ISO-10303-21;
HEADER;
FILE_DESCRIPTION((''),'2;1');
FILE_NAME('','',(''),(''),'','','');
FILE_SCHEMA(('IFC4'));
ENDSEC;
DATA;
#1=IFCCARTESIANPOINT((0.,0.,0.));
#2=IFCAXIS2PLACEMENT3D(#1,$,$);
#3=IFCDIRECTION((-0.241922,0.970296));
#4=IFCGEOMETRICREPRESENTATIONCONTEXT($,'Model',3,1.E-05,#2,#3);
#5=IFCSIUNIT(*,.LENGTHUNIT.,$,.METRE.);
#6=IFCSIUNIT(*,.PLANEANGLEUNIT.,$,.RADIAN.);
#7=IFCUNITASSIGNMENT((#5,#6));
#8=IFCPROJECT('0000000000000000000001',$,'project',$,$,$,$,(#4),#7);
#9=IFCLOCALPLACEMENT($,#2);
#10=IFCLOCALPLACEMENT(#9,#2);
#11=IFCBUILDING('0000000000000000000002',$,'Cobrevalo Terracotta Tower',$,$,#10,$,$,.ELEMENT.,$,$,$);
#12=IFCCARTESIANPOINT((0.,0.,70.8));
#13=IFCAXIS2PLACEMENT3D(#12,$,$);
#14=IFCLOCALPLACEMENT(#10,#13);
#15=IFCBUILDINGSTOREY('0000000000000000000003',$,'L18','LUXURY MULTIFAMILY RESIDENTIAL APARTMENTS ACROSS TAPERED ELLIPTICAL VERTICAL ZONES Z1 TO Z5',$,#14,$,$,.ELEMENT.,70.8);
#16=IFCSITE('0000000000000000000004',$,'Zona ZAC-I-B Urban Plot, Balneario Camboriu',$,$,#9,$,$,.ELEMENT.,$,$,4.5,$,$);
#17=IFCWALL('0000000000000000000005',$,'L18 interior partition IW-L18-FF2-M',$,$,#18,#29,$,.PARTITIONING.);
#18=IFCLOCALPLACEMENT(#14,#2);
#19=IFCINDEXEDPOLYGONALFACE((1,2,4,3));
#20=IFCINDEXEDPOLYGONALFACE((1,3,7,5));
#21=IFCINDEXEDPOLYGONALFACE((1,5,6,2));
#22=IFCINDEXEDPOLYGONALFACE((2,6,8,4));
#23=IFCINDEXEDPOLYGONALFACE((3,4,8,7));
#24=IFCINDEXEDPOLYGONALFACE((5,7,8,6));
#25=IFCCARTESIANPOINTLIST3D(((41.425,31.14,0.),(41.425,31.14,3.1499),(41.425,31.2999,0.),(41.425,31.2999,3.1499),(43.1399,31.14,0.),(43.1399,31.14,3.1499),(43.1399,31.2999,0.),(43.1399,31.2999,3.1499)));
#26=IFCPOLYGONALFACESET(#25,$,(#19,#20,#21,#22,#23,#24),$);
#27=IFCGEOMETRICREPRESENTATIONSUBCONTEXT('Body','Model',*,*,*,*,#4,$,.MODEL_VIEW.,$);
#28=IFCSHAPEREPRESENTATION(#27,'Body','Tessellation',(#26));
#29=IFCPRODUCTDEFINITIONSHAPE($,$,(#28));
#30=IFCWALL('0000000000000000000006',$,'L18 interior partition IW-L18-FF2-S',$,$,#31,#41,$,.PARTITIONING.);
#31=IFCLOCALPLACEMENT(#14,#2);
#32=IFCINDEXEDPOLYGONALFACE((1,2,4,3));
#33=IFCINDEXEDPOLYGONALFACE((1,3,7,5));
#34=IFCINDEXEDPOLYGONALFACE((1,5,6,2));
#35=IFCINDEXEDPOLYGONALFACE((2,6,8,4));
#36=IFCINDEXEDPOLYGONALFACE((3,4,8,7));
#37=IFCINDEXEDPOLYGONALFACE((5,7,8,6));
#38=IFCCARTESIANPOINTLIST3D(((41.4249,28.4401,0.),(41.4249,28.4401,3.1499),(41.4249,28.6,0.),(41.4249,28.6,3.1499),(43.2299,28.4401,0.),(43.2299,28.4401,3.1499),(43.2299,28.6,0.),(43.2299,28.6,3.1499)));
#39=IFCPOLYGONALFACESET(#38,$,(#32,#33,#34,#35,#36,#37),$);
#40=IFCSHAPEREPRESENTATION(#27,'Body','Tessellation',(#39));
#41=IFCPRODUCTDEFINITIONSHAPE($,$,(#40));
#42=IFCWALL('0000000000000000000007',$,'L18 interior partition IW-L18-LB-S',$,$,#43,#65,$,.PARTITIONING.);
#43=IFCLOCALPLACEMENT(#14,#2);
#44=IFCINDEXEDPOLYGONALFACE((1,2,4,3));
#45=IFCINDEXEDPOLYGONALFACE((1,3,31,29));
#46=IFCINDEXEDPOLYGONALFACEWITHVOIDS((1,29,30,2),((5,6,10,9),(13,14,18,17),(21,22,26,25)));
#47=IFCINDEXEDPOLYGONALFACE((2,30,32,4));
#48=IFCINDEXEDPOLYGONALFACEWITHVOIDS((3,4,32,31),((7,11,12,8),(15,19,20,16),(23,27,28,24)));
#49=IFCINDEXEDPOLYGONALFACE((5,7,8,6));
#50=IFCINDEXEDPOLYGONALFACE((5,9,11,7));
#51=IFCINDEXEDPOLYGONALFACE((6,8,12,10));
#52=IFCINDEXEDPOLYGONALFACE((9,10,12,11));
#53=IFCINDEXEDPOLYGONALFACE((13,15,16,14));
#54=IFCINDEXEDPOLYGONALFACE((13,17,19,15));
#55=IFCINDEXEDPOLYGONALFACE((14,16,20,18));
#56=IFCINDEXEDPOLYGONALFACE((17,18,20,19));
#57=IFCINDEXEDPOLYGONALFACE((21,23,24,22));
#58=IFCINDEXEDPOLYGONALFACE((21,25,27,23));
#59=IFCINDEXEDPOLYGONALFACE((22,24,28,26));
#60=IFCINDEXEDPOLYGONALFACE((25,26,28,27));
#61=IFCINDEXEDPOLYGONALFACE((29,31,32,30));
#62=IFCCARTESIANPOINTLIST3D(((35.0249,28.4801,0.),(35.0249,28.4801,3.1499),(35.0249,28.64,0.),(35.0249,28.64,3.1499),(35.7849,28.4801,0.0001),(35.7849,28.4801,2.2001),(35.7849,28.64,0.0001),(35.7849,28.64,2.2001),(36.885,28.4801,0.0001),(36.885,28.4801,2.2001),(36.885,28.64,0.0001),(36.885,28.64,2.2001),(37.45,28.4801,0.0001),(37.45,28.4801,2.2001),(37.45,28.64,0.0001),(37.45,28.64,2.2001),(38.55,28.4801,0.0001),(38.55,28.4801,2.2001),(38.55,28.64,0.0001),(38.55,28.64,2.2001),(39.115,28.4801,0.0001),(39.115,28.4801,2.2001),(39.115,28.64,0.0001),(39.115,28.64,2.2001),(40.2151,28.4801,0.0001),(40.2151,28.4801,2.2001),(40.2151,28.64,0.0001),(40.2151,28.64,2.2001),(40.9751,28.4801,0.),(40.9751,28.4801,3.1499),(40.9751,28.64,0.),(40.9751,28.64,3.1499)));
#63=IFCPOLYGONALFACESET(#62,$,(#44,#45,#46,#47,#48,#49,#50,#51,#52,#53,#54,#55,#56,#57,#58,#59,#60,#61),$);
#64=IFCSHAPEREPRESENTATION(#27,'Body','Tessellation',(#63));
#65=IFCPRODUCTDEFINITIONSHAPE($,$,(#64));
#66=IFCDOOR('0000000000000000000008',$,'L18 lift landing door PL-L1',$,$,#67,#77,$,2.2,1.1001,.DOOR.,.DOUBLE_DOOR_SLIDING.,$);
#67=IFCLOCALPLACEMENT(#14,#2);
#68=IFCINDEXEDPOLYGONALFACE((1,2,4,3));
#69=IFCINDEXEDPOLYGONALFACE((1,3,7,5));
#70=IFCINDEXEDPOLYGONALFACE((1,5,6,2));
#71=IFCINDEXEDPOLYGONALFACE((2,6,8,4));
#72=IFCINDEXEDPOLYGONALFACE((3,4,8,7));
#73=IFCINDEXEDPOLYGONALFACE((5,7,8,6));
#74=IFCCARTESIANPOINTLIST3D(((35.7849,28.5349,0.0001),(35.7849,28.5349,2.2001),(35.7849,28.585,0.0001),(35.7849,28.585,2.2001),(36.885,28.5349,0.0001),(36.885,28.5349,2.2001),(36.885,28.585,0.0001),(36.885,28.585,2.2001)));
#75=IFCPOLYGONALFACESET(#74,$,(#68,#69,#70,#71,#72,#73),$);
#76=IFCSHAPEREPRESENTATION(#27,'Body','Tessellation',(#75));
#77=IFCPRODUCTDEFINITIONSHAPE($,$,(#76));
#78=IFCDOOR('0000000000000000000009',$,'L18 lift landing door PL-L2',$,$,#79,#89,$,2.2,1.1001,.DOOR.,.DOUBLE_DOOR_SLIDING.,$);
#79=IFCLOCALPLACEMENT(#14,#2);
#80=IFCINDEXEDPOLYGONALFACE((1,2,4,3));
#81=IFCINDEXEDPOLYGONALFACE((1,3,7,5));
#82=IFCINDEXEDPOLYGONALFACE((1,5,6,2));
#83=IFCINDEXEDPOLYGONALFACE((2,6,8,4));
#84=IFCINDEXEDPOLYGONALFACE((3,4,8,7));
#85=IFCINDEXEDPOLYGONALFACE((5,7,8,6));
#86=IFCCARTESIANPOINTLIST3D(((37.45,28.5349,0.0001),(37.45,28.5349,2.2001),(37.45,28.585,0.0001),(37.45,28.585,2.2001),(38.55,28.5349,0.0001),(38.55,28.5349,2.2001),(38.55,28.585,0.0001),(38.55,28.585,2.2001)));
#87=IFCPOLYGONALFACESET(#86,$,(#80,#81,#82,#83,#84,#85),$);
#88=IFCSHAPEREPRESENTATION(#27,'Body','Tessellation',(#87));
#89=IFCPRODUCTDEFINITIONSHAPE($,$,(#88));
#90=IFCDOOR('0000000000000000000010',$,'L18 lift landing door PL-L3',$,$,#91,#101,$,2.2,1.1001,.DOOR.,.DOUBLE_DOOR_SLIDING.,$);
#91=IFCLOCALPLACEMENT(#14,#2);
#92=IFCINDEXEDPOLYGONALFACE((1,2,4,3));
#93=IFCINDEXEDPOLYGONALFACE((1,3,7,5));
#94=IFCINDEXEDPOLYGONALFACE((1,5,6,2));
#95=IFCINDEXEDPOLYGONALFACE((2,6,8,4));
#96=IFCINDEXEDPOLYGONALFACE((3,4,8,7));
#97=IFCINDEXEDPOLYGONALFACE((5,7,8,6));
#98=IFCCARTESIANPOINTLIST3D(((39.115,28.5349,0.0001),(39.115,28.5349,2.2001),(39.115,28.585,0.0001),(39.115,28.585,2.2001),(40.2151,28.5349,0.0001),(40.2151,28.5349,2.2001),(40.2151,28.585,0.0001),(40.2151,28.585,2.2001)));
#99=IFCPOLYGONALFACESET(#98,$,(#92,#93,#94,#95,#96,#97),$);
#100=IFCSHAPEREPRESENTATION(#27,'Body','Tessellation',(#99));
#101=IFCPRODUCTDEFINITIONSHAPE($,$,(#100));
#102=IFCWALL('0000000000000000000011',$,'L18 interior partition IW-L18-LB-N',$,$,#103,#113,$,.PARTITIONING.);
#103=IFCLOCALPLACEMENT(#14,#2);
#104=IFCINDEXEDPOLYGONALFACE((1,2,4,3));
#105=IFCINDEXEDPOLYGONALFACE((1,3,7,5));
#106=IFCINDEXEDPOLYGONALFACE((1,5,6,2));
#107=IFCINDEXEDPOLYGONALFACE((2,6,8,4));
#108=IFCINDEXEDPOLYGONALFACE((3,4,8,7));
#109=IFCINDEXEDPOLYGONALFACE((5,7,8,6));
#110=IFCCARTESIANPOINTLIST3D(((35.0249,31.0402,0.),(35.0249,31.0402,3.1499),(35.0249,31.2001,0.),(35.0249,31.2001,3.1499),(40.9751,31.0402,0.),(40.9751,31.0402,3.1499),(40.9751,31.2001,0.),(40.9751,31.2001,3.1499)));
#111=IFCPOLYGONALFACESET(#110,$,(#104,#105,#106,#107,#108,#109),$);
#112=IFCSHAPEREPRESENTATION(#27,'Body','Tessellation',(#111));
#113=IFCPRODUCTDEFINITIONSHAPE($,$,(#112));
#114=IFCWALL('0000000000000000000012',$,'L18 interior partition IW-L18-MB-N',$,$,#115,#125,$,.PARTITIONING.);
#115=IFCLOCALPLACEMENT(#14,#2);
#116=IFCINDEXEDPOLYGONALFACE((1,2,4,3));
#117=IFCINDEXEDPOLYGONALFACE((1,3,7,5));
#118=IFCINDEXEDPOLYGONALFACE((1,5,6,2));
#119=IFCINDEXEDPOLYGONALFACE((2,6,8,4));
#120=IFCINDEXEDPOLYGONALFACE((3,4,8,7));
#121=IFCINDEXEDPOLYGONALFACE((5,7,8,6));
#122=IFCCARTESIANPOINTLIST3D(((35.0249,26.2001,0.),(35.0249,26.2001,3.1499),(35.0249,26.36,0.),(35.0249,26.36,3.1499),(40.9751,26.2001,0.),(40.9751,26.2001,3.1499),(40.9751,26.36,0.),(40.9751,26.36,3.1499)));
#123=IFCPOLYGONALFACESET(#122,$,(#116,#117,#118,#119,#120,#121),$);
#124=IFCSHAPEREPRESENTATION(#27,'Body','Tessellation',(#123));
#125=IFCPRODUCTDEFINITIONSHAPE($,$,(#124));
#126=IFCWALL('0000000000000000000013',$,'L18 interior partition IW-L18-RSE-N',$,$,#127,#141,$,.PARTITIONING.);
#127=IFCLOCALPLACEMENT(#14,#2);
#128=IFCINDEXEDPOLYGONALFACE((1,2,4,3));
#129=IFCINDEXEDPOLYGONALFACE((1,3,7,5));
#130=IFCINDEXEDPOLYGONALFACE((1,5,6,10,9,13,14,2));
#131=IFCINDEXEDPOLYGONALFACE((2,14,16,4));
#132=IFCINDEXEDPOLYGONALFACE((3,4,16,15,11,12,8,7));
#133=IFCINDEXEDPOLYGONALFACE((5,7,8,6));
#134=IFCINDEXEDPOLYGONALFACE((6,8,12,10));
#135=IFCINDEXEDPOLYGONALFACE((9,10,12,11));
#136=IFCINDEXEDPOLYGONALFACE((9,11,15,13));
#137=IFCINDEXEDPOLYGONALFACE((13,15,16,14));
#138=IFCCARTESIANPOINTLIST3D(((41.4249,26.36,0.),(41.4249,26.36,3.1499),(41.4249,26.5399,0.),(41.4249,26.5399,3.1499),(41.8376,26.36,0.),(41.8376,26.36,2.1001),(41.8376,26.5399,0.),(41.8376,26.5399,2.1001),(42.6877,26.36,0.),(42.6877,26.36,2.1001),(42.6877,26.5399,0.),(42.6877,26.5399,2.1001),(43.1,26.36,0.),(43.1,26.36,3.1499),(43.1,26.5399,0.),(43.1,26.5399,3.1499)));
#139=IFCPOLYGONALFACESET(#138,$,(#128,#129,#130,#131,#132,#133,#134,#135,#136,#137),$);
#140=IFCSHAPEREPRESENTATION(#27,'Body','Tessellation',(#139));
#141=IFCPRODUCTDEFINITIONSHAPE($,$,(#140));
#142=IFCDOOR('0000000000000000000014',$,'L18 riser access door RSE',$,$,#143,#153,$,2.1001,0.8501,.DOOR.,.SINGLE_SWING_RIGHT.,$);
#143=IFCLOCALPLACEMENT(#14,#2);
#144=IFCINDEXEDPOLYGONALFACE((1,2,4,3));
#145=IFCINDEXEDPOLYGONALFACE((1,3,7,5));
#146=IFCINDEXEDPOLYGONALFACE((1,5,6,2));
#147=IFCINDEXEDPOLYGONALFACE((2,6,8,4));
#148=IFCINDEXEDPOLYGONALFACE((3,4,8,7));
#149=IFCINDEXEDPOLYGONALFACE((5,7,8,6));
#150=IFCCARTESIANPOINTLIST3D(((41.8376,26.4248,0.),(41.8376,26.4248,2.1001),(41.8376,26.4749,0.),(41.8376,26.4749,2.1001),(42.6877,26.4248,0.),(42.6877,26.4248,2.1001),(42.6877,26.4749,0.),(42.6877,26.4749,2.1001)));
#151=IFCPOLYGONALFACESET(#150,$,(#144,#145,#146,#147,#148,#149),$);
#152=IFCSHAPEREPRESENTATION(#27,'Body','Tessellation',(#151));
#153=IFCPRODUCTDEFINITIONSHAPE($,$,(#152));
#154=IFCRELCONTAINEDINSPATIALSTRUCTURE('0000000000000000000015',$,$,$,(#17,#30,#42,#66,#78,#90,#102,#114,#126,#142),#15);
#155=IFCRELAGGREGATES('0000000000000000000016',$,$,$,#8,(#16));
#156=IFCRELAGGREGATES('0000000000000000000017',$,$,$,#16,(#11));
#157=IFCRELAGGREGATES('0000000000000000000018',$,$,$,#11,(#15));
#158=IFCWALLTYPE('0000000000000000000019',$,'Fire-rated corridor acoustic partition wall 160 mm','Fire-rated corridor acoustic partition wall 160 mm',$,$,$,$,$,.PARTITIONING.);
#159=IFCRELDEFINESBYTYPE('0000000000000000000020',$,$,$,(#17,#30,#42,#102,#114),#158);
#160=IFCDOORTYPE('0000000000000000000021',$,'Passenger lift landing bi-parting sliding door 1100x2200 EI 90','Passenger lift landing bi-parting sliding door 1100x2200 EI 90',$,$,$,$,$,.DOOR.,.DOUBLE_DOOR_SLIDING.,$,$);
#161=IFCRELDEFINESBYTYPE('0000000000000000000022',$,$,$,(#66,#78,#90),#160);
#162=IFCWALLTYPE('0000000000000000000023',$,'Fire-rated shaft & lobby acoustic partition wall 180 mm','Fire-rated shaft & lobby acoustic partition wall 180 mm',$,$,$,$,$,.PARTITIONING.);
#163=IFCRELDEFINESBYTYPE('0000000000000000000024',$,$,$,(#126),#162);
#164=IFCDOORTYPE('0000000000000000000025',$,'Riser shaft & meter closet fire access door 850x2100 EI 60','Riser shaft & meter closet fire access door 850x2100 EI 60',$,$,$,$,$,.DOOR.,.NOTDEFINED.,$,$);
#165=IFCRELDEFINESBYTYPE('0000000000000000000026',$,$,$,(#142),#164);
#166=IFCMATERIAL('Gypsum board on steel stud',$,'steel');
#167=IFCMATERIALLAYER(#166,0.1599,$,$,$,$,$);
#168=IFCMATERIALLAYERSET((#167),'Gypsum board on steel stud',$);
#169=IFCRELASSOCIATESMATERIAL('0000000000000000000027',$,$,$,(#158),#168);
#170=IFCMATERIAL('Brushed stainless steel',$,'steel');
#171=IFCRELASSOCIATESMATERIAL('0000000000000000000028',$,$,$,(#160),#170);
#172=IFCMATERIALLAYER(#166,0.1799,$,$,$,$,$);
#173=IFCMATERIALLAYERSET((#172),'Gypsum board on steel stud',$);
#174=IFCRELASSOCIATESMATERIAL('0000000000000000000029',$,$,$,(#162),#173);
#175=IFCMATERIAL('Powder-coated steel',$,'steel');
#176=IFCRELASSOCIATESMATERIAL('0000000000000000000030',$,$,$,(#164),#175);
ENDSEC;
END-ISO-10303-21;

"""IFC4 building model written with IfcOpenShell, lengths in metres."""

from ifc_helpers import new_model, si_unit, direction, frame, frame_2d, origin, place, context, subcontext, project, spatial, rectangle, extrude, source, transform, mapped, material, layer, layer_set, type_object, element, fill, save


model = new_model("IFC4")

# Units and contexts
model_context = context("Model", 3, precision=1e-05, world=origin(), true_north=direction((-0.241922, 0.970296)))
body_context = subcontext(model_context, "Body", "Model", "MODEL_VIEW")
ifc_project = project(units=[si_unit("LENGTHUNIT", "METRE"), si_unit("PLANEANGLEUNIT", "RADIAN")], contexts=[model_context])

# Site, building, storey
site_placement = place(None, origin())
site = spatial("IfcSite", under=ifc_project, at=site_placement, Name="Zona ZAC-I-B Urban Plot, Balneario Camboriu", CompositionType="ELEMENT", RefElevation=4.5)
building_placement = place(site_placement, origin())
building = spatial("IfcBuilding", under=site, at=building_placement, Name="Cobrevalo Terracotta Tower", CompositionType="ELEMENT")
storey_placement = place(building_placement, frame((0.0, 0.0, 70.8)))
storey = spatial("IfcBuildingStorey", under=building, at=storey_placement, Name="L18", Description="LUXURY MULTIFAMILY RESIDENTIAL APARTMENTS ACROSS TAPERED ELLIPTICAL VERTICAL ZONES Z1 TO Z5", CompositionType="ELEMENT", Elevation=70.8)

# Walls
ifc_material_1 = material(Name="Gypsum board on steel stud", Category="steel")
ifc_layer_1 = layer(ifc_material_1, 0.1599)
ifc_layer_set_1 = layer_set([ifc_layer_1], Name="Gypsum board on steel stud")
wall_type_1 = type_object("IfcWallType", Name="Fire-rated corridor acoustic partition wall 160 mm", Description="Fire-rated corridor acoustic partition wall 160 mm", PredefinedType="PARTITIONING", material=ifc_layer_set_1)
wall_1_placement = place(storey_placement, frame((41.425, 31.22, 0.0), z_axis=(0.0, 0.0, 1.0), x_axis=(1.0, 0.0, 0.0)))
element("IfcWall", 1, at=wall_1_placement, inside=storey, type_object=wall_type_1, Name="L18 interior partition IW-L18-FF2-M", PredefinedType="PARTITIONING", context=body_context, shape_type="SweptSolid", body=[
    extrude(rectangle(XDim=1.7148, YDim=0.1599, at=frame_2d((0.8574, 0.0))), origin(), (0.0, 0.0, 1.0), 3.1499),
])
wall_2_placement = place(storey_placement, frame((41.425, 28.52, 0.0), z_axis=(0.0, 0.0, 1.0), x_axis=(1.0, 0.0, 0.0)))
element("IfcWall", 2, at=wall_2_placement, inside=storey, type_object=wall_type_1, Name="L18 interior partition IW-L18-FF2-S", PredefinedType="PARTITIONING", context=body_context, shape_type="SweptSolid", body=[
    extrude(rectangle(XDim=1.8049, YDim=0.1599, at=frame_2d((0.9023, 0.0))), origin(), (0.0, 0.0, 1.0), 3.1499),
])

# Wall, openings, doors
wall_3_placement = place(storey_placement, frame((35.0249, 28.5601, 0.0), z_axis=(0.0, 0.0, 1.0), x_axis=(1.0, 0.0, 0.0)))
wall_3 = element("IfcWall", 3, at=wall_3_placement, inside=storey, type_object=wall_type_1, Name="L18 interior partition IW-L18-LB-S", PredefinedType="PARTITIONING", context=body_context, shape_type="SweptSolid", body=[
    extrude(rectangle(XDim=5.9502, YDim=0.1599, at=frame_2d((2.9751, 0.0))), origin(), (0.0, 0.0, 1.0), 3.1499),
])
opening_1_placement = place(wall_3_placement, frame((0.76, 0.0, 0.0)))
opening_1 = element("IfcOpeningElement", 4, at=opening_1_placement, cuts=wall_3, PredefinedType="OPENING", context=body_context, shape_type="SweptSolid", body=[
    extrude(rectangle(XDim=1.1001, YDim=2.2, at=frame_2d((0.55, 1.1001))), frame((0.0, 0.0898, 0.0), z_axis=(0.0, -1.0, 0.0), x_axis=(1.0, 0.0, 0.0)), (0.0, 0.0, 1.0), 0.1799),
])
opening_2_placement = place(wall_3_placement, frame((2.425, 0.0, 0.0)))
opening_2 = element("IfcOpeningElement", 5, at=opening_2_placement, cuts=wall_3, PredefinedType="OPENING", context=body_context, shape_type="SweptSolid", body=[
    extrude(rectangle(XDim=1.1001, YDim=2.2, at=frame_2d((0.55, 1.1001))), frame((0.0, 0.0898, 0.0), z_axis=(0.0, -1.0, 0.0), x_axis=(1.0, 0.0, 0.0)), (0.0, 0.0, 1.0), 0.1799),
])
opening_3_placement = place(wall_3_placement, frame((4.0901, 0.0, 0.0)))
opening_3 = element("IfcOpeningElement", 6, at=opening_3_placement, cuts=wall_3, PredefinedType="OPENING", context=body_context, shape_type="SweptSolid", body=[
    extrude(rectangle(XDim=1.1001, YDim=2.2, at=frame_2d((0.55, 1.1001))), frame((0.0, 0.0898, 0.0), z_axis=(0.0, -1.0, 0.0), x_axis=(1.0, 0.0, 0.0)), (0.0, 0.0, 1.0), 0.1799),
])
ifc_material_2 = material(Name="Brushed stainless steel", Category="steel")
door_type_1 = type_object("IfcDoorType", Name="Passenger lift landing bi-parting sliding door 1100x2200 EI 90", Description="Passenger lift landing bi-parting sliding door 1100x2200 EI 90", OperationType="DOUBLE_DOOR_SLIDING", PredefinedType="DOOR", material=ifc_material_2)
shared_shape_1 = source(origin(), body_context, "Body", "SweptSolid", [
    extrude(rectangle(XDim=1.1001, YDim=2.2, at=frame_2d((0.55, 1.1001))), frame((0.0, 0.0249, 0.0), z_axis=(0.0, -1.0, 0.0), x_axis=(1.0, 0.0, 0.0)), (0.0, 0.0, 1.0), 0.05),
])
door_1_placement = place(opening_1_placement, origin())
door_1 = element("IfcDoor", 7, at=door_1_placement, inside=storey, type_object=door_type_1, Name="L18 lift landing door PL-L1", OperationType="DOUBLE_DOOR_SLIDING", OverallHeight=2.2, OverallWidth=1.1001, PredefinedType="DOOR", context=body_context, shape_type="MappedRepresentation", body=[
    mapped(shared_shape_1, transform((0.0, 0.0, 0.0), scale=1.0)),
])
fill(opening_1, door_1)
door_2_placement = place(opening_2_placement, origin())
door_2 = element("IfcDoor", 8, at=door_2_placement, inside=storey, type_object=door_type_1, Name="L18 lift landing door PL-L2", OperationType="DOUBLE_DOOR_SLIDING", OverallHeight=2.2, OverallWidth=1.1001, PredefinedType="DOOR", context=body_context, shape_type="MappedRepresentation", body=[
    mapped(shared_shape_1, transform((0.0, 0.0, 0.0), scale=1.0)),
])
fill(opening_2, door_2)
door_3_placement = place(opening_3_placement, origin())
door_3 = element("IfcDoor", 9, at=door_3_placement, inside=storey, type_object=door_type_1, Name="L18 lift landing door PL-L3", OperationType="DOUBLE_DOOR_SLIDING", OverallHeight=2.2, OverallWidth=1.1001, PredefinedType="DOOR", context=body_context, shape_type="MappedRepresentation", body=[
    mapped(shared_shape_1, transform((0.0, 0.0, 0.0), scale=1.0)),
])
fill(opening_3, door_3)

# Walls
for number, where, z_axis, x_axis, name in (
    (10, (35.0249, 31.1201, 0.0), (0.0, 0.0, 1.0), (1.0, 0.0, 0.0), "L18 interior partition IW-L18-LB-N"),
    (11, (35.0249, 26.28, 0.0), (0.0, 0.0, 1.0), (1.0, 0.0, 0.0), "L18 interior partition IW-L18-MB-N"),
):
    element("IfcWall", number, at=place(storey_placement, frame(where, z_axis=z_axis, x_axis=x_axis)), inside=storey, type_object=wall_type_1, Name=name, PredefinedType="PARTITIONING", context=body_context, shape_type="SweptSolid", body=[
        extrude(rectangle(XDim=5.9502, YDim=0.1599, at=frame_2d((2.9751, 0.0))), origin(), (0.0, 0.0, 1.0), 3.1499),
    ])

# Wall, opening, door
ifc_layer_2 = layer(ifc_material_1, 0.1799)
ifc_layer_set_2 = layer_set([ifc_layer_2], Name="Gypsum board on steel stud")
wall_type_2 = type_object("IfcWallType", Name="Fire-rated shaft & lobby acoustic partition wall 180 mm", Description="Fire-rated shaft & lobby acoustic partition wall 180 mm", PredefinedType="PARTITIONING", material=ifc_layer_set_2)
wall_4_placement = place(storey_placement, frame((41.425, 26.45, 0.0), z_axis=(0.0, 0.0, 1.0), x_axis=(1.0, 0.0, 0.0)))
wall_4 = element("IfcWall", 12, at=wall_4_placement, inside=storey, type_object=wall_type_2, Name="L18 interior partition IW-L18-RSE-N", PredefinedType="PARTITIONING", context=body_context, shape_type="SweptSolid", body=[
    extrude(rectangle(XDim=1.675, YDim=0.1799, at=frame_2d((0.8374, 0.0))), origin(), (0.0, 0.0, 1.0), 3.1499),
])
opening_4_placement = place(wall_4_placement, frame((0.4126, 0.0, 0.0)))
opening_4 = element("IfcOpeningElement", 13, at=opening_4_placement, cuts=wall_4, PredefinedType="OPENING", context=body_context, shape_type="SweptSolid", body=[
    extrude(rectangle(XDim=0.8501, YDim=2.1001, at=frame_2d((0.425, 1.05))), frame((0.0, 0.1001, 0.0), z_axis=(0.0, -1.0, 0.0), x_axis=(1.0, 0.0, 0.0)), (0.0, 0.0, 1.0), 0.2),
])
ifc_material_3 = material(Name="Powder-coated steel", Category="steel")
door_type_2 = type_object("IfcDoorType", Name="Riser shaft & meter closet fire access door 850x2100 EI 60", Description="Riser shaft & meter closet fire access door 850x2100 EI 60", OperationType="NOTDEFINED", PredefinedType="DOOR", material=ifc_material_3)
shared_shape_2 = source(origin(), body_context, "Body", "SweptSolid", [
    extrude(rectangle(XDim=0.8501, YDim=2.1001, at=frame_2d((0.425, 1.05))), frame((0.0, 0.0249, 0.0), z_axis=(0.0, -1.0, 0.0), x_axis=(1.0, 0.0, 0.0)), (0.0, 0.0, 1.0), 0.05),
])
door_4_placement = place(opening_4_placement, origin())
door_4 = element("IfcDoor", 14, at=door_4_placement, inside=storey, type_object=door_type_2, Name="L18 riser access door RSE", OperationType="SINGLE_SWING_RIGHT", OverallHeight=2.1001, OverallWidth=0.8501, PredefinedType="DOOR", context=body_context, shape_type="MappedRepresentation", body=[
    mapped(shared_shape_2, transform((0.0, 0.0, 0.0), scale=1.0)),
])
fill(opening_4, door_4)

save(model, "model.ifc")
